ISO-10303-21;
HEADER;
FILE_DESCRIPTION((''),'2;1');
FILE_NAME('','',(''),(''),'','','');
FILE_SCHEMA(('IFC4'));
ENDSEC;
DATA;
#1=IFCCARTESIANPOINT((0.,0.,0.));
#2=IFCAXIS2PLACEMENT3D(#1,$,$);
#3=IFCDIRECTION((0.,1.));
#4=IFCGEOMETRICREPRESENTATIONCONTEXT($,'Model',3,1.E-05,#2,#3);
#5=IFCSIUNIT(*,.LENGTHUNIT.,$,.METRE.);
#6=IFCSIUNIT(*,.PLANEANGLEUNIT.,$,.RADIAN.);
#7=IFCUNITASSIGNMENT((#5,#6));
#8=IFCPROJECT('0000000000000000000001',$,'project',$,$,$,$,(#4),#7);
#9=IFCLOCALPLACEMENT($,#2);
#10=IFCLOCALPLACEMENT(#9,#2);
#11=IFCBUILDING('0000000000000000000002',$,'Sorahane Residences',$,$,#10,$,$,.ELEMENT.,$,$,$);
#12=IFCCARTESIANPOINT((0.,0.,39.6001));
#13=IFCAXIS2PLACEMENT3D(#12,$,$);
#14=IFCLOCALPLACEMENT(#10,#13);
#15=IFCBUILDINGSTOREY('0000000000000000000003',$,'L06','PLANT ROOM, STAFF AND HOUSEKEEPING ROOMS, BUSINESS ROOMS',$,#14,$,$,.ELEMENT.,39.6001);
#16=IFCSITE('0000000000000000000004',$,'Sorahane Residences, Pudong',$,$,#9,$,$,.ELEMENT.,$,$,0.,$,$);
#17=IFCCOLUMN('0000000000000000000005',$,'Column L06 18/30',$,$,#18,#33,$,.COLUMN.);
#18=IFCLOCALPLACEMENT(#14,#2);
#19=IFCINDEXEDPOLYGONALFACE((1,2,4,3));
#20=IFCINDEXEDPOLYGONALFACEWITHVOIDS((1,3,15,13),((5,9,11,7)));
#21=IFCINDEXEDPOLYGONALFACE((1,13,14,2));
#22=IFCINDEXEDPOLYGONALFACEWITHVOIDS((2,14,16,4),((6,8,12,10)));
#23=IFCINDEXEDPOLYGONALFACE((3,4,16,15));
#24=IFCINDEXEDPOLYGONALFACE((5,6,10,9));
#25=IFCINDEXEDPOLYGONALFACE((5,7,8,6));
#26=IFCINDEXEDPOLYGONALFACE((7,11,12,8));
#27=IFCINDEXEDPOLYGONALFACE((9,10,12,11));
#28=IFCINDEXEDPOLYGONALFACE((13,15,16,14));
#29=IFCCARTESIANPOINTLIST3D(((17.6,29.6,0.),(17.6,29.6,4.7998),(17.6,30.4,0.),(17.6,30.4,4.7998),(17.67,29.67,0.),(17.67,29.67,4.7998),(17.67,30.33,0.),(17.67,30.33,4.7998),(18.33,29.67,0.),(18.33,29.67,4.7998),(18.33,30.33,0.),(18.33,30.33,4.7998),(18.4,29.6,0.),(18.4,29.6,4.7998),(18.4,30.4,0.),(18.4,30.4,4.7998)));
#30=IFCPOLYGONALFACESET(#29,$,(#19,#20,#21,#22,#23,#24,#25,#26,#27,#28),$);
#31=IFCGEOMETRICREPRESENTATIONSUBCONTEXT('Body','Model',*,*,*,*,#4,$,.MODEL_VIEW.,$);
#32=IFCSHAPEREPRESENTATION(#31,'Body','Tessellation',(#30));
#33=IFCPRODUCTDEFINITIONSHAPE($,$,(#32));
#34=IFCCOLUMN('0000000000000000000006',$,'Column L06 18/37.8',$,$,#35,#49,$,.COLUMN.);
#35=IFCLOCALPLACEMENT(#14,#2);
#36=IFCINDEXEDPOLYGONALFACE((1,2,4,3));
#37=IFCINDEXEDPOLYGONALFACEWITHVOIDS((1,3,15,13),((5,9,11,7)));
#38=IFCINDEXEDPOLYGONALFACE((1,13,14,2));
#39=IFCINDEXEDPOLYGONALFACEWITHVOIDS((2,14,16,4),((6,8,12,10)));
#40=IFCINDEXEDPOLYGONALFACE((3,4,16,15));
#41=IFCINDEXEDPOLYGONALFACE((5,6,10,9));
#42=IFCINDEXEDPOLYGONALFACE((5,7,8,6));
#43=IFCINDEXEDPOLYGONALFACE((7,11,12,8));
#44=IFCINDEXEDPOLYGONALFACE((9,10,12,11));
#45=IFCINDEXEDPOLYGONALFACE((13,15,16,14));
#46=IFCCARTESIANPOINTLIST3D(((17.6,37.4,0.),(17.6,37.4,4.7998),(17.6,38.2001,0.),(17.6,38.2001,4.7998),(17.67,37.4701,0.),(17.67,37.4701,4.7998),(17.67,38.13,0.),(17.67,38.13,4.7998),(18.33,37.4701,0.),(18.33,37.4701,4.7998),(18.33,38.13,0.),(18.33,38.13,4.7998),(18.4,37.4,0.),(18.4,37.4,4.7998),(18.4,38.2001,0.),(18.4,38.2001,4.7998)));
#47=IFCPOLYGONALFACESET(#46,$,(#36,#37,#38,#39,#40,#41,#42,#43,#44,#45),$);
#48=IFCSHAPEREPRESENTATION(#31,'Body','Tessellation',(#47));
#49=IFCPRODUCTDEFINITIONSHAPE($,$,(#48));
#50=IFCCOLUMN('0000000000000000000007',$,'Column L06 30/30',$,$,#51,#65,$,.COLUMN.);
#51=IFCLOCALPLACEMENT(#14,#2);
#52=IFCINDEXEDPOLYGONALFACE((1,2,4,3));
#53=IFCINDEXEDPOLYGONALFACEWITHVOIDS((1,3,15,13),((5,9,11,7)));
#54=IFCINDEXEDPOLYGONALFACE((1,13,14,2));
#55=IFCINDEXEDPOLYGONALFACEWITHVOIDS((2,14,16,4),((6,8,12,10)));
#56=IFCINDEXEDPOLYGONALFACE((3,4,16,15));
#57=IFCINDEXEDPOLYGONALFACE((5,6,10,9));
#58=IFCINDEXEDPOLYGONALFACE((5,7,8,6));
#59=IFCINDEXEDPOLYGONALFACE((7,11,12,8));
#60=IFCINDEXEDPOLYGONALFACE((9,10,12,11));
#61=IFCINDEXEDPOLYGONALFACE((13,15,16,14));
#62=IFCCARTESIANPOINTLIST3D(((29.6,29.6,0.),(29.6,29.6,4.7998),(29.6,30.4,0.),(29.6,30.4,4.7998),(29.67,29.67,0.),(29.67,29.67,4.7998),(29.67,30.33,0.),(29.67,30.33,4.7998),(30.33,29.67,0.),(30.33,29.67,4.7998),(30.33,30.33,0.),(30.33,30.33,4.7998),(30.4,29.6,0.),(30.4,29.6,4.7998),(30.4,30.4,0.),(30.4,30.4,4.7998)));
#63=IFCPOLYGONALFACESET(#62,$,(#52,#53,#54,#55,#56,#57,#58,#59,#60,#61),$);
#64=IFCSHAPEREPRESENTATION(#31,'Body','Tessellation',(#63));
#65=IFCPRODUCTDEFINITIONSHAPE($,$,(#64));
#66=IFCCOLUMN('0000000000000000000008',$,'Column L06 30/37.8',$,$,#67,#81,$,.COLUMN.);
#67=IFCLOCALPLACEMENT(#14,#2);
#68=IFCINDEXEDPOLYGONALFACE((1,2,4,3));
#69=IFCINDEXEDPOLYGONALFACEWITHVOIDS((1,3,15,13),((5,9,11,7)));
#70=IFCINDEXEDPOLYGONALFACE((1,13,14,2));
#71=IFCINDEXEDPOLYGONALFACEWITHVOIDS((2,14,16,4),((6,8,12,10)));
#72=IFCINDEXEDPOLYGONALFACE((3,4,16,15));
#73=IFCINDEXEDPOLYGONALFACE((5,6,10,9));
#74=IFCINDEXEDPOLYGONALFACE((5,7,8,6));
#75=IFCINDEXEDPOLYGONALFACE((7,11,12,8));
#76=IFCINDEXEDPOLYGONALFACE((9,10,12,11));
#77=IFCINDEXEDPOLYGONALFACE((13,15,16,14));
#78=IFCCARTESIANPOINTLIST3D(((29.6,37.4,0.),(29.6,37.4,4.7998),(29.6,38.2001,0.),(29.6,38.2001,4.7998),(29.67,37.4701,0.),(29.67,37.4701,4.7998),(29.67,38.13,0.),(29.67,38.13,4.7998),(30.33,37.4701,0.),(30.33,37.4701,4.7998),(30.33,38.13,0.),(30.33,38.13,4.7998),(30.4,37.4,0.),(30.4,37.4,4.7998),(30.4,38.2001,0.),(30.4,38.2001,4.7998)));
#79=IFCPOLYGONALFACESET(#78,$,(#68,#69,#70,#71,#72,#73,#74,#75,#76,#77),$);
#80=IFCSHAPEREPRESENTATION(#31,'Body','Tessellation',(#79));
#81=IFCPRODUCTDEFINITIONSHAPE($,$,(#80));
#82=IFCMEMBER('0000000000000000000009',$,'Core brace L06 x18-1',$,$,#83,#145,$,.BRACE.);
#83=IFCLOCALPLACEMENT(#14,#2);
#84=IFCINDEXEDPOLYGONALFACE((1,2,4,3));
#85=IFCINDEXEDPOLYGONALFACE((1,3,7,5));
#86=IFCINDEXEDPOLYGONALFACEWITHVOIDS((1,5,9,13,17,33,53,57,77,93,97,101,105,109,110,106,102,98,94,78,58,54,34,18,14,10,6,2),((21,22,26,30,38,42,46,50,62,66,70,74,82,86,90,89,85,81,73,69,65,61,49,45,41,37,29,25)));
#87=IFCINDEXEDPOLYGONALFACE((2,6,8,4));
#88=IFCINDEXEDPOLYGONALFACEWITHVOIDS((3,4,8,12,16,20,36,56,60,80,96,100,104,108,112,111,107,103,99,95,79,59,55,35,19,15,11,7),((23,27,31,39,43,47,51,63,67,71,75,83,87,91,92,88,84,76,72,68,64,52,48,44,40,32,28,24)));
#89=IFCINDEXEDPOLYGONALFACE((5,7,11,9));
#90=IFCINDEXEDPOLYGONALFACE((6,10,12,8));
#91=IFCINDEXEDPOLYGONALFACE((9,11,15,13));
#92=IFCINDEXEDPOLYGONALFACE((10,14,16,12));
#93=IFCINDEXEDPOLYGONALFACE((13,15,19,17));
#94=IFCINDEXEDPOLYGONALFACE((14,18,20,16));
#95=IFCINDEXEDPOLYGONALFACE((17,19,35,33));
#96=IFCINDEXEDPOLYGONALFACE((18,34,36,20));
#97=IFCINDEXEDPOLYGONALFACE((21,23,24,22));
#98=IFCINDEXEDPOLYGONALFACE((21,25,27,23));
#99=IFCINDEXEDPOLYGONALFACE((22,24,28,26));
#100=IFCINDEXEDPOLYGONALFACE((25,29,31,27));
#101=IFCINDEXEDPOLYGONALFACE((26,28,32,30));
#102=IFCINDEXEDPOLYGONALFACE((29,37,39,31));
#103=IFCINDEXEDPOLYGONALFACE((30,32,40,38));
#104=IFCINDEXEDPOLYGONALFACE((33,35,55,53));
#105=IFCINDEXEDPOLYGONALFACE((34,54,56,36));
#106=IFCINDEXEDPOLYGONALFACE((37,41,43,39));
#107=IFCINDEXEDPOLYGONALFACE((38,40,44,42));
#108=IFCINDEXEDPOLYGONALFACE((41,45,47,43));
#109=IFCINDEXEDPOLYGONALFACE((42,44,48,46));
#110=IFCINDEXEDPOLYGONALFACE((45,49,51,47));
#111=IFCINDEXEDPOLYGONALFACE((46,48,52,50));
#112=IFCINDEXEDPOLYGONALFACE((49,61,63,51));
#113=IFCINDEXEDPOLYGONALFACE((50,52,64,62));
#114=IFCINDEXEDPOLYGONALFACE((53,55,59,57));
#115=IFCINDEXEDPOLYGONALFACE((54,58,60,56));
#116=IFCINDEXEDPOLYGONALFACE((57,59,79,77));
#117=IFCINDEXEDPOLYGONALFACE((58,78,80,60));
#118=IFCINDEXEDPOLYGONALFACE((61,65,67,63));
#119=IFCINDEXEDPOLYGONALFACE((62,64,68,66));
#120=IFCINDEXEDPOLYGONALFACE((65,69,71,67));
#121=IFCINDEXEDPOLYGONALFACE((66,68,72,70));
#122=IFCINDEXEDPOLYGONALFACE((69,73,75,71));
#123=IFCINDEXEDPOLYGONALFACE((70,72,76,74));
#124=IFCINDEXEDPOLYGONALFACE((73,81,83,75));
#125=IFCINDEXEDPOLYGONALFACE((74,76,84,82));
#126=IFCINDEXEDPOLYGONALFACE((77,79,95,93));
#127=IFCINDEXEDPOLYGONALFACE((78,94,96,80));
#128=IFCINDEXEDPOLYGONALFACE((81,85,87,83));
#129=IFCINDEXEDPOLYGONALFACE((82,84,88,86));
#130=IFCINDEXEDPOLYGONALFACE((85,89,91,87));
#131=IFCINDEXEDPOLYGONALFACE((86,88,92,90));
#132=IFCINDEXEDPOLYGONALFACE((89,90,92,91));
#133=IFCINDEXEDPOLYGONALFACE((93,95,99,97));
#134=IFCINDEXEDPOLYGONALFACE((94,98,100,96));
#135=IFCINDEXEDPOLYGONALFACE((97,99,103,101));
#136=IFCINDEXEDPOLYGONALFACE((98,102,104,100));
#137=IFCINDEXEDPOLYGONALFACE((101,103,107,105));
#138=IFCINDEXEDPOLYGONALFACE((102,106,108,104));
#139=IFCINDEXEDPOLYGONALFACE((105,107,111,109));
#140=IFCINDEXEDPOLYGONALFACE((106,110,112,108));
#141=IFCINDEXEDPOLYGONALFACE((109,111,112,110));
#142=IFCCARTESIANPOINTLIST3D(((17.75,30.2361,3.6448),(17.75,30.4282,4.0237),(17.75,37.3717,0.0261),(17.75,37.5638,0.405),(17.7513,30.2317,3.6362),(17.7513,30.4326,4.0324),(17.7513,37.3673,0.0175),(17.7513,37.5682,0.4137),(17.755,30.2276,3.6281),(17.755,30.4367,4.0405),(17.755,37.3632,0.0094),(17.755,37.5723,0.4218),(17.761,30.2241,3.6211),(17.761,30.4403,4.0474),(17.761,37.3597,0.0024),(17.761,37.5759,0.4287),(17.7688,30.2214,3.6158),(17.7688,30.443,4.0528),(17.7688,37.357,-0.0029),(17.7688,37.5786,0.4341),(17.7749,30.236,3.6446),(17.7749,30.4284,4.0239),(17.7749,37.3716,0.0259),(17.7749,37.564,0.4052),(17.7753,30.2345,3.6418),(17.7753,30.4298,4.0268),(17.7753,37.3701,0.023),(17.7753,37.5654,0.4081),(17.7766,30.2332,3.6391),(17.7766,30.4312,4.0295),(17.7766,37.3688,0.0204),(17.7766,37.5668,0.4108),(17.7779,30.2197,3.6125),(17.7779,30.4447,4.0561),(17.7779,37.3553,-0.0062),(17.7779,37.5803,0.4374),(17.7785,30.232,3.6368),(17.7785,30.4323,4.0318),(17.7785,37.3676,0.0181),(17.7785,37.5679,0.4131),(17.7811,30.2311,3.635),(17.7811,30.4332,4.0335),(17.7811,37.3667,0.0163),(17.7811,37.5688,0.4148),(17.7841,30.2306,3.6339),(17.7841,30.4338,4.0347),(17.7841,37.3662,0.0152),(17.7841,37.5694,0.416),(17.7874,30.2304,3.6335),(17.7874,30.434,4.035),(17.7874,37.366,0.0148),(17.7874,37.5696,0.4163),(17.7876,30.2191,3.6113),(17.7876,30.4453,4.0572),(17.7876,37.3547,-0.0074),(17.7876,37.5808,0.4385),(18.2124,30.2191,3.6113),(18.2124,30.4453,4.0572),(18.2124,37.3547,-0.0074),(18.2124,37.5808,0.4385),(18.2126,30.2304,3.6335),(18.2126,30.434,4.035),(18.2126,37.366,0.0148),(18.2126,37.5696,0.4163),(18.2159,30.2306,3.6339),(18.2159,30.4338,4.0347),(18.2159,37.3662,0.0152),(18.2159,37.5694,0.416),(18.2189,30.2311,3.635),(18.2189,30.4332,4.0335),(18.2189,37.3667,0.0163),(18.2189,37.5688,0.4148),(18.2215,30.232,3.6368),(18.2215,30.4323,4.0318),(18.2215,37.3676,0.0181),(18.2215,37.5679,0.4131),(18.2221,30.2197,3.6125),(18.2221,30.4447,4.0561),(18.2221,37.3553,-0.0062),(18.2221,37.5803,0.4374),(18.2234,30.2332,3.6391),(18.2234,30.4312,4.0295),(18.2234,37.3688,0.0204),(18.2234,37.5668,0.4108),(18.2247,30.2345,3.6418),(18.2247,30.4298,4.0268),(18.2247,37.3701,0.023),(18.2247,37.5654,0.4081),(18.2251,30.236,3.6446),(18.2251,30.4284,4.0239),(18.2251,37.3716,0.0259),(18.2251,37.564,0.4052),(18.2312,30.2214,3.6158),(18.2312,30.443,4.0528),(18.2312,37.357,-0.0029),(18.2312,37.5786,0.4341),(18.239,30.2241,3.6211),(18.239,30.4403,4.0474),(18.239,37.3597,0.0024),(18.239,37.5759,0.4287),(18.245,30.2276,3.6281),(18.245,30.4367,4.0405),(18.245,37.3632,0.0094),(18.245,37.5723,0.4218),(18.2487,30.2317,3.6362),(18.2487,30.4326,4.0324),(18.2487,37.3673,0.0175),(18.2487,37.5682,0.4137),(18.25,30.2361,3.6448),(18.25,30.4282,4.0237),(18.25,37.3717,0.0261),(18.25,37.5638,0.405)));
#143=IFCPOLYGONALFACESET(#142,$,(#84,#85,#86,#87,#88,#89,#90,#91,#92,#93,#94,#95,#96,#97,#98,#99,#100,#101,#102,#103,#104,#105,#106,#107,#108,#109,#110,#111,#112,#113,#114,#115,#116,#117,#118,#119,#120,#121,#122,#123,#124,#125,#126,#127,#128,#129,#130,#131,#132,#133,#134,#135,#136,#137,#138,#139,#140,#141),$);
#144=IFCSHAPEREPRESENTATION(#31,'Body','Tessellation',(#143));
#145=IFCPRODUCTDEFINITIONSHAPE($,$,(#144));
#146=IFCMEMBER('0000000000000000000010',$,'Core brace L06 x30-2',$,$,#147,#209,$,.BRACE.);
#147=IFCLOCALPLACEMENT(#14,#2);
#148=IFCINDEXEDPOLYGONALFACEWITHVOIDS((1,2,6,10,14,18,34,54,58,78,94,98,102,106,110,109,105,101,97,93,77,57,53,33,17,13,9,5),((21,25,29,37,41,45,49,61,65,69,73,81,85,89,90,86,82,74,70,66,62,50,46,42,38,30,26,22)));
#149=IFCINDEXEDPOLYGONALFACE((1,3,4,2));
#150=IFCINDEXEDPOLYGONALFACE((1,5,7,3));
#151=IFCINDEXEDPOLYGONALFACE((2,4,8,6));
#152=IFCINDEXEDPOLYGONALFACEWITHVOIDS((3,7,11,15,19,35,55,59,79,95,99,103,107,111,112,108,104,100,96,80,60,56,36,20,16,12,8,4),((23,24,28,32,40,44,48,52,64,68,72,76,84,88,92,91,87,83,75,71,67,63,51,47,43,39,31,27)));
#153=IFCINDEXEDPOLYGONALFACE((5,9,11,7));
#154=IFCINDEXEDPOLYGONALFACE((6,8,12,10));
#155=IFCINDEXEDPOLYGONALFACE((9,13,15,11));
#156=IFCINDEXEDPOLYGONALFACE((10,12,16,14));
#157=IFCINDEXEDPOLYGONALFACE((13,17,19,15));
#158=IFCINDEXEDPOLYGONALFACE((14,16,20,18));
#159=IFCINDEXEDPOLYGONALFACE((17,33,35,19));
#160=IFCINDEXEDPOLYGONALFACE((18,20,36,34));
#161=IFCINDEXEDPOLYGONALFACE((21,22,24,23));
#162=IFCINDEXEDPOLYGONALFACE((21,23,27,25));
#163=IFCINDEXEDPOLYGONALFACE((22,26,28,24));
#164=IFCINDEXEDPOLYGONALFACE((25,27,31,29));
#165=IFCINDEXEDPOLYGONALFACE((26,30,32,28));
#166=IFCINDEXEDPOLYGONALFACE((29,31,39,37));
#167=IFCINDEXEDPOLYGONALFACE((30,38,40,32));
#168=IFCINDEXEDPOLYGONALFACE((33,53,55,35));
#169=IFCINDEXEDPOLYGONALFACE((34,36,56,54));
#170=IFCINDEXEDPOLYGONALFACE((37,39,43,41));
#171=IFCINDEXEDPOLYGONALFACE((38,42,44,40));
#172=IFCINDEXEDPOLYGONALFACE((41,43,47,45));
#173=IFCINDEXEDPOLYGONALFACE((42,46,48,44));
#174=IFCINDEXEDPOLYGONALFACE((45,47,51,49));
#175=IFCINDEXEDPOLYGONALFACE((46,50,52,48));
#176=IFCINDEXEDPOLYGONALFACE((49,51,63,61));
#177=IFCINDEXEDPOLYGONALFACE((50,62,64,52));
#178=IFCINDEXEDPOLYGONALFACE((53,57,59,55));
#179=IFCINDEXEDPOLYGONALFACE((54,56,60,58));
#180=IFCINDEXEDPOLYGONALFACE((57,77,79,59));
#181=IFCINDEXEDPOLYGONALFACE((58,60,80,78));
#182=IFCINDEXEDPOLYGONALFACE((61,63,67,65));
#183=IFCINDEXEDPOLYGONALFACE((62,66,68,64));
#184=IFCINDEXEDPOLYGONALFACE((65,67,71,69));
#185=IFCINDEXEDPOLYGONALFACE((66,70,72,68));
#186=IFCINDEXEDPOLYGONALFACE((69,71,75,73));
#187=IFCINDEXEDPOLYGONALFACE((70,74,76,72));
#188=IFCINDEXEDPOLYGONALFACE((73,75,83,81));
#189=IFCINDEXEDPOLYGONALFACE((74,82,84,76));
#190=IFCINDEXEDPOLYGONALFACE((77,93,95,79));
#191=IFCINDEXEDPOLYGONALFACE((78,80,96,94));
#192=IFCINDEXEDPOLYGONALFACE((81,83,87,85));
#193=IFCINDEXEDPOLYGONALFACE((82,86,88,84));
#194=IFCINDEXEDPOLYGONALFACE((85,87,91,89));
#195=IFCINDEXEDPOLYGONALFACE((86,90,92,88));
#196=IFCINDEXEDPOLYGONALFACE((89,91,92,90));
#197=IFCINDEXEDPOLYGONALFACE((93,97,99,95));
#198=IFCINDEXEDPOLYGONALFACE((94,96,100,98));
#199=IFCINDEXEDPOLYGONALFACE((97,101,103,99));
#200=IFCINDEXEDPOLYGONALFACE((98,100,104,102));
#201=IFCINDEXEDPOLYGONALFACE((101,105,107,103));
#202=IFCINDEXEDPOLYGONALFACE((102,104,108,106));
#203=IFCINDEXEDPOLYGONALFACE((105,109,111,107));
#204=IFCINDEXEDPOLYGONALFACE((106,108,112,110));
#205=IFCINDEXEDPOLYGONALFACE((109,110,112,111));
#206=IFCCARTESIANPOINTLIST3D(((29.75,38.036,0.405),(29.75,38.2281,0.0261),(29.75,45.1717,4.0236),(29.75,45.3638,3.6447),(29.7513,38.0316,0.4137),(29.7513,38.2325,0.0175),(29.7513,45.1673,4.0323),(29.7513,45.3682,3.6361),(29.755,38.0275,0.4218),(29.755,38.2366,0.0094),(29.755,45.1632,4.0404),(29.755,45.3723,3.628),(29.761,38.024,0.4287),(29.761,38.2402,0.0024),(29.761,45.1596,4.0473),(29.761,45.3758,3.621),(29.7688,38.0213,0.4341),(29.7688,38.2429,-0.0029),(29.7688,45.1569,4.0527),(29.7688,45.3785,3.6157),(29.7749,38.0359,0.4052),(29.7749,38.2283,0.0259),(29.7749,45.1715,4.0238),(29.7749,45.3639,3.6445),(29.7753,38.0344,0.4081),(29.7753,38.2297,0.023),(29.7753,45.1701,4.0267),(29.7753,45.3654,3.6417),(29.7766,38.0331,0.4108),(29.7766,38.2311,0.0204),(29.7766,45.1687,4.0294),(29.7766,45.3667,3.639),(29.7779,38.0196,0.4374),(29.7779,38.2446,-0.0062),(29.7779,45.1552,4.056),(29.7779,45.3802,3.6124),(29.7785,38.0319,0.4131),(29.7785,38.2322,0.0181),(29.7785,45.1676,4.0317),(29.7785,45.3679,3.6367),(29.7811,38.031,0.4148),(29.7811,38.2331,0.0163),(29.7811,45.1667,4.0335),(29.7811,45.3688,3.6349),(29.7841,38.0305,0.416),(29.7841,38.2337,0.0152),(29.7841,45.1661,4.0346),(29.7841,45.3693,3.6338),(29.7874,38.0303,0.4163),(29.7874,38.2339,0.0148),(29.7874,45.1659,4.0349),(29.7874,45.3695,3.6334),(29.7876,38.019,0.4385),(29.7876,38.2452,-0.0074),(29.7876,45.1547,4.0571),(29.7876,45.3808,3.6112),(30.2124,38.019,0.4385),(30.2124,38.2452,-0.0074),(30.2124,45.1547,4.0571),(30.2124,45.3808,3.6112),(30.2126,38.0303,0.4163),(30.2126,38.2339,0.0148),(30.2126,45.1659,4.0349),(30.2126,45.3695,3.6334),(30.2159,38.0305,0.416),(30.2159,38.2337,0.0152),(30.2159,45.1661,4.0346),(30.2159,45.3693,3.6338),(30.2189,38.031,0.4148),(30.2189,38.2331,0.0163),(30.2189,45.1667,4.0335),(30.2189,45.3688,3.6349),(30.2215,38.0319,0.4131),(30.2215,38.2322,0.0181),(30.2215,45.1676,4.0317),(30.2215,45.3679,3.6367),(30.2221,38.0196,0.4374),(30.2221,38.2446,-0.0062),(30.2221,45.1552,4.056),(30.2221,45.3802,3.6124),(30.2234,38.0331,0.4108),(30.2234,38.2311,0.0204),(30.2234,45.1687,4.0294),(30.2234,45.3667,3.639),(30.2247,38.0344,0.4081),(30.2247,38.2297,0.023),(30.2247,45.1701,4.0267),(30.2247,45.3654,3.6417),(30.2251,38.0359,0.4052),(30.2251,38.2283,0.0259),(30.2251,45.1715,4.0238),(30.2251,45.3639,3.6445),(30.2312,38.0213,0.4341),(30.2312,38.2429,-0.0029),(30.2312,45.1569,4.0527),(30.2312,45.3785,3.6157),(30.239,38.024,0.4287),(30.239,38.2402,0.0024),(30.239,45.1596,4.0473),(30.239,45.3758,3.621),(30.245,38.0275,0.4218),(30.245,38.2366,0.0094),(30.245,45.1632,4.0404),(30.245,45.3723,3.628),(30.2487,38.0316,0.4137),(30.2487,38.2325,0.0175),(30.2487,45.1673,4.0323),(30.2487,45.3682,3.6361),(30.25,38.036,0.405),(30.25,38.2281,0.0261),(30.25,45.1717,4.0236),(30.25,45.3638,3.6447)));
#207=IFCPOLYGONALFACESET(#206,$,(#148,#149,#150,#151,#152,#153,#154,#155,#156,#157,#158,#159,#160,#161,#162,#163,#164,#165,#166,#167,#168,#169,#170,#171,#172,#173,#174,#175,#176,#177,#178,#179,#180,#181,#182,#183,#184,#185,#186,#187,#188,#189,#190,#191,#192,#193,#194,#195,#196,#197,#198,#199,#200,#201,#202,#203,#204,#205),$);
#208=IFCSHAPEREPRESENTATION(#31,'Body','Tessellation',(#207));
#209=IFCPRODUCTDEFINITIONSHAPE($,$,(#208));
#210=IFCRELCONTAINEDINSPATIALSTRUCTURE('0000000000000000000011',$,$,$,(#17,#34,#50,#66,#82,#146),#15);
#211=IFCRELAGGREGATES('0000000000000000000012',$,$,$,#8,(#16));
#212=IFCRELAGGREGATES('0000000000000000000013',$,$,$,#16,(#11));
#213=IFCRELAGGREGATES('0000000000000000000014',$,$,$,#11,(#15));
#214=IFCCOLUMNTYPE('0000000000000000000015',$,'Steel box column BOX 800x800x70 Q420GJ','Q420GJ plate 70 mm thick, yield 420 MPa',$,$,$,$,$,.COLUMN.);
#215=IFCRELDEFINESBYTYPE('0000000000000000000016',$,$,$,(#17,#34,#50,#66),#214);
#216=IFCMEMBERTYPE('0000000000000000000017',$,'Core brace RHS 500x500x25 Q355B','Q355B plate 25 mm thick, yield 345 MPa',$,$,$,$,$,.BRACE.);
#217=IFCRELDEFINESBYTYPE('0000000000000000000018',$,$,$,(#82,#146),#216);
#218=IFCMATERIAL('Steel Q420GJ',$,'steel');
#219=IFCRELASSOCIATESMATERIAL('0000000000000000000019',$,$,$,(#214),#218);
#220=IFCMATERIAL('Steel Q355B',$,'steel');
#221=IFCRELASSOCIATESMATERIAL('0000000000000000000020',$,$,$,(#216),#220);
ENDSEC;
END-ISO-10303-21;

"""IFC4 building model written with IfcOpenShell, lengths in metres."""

from ifc_helpers import new_model, si_unit, direction, frame, origin, origin_2d, place, context, subcontext, project, spatial, hollow_rectangle, extrude, material, material_profile, profile_set, type_object, element, save


model = new_model("IFC4")

# Units and contexts
model_context = context("Model", 3, precision=1e-05, world=origin(), true_north=direction((0.0, 1.0)))
body_context = subcontext(model_context, "Body", "Model", "MODEL_VIEW")
ifc_project = project(units=[si_unit("LENGTHUNIT", "METRE"), si_unit("PLANEANGLEUNIT", "RADIAN")], contexts=[model_context])

# Site, building, storey
site_placement = place(None, origin())
site = spatial("IfcSite", under=ifc_project, at=site_placement, Name="Sorahane Residences, Pudong", CompositionType="ELEMENT", RefElevation=0.0)
building_placement = place(site_placement, origin())
building = spatial("IfcBuilding", under=site, at=building_placement, Name="Sorahane Residences", CompositionType="ELEMENT")
storey_placement = place(building_placement, frame((0.0, 0.0, 39.6001)))
storey = spatial("IfcBuildingStorey", under=building, at=storey_placement, Name="L06", Description="PLANT ROOM, STAFF AND HOUSEKEEPING ROOMS, BUSINESS ROOMS", CompositionType="ELEMENT", Elevation=39.6001)

# Columns
ifc_material_1 = material(Name="Steel Q420GJ", Category="steel")
ifc_material_profile_1 = material_profile(ifc_material_1, hollow_rectangle(XDim=0.8, YDim=0.8, WallThickness=0.0701, at=origin_2d()), Name="BOX 800x800x70")
ifc_profile_set_1 = profile_set([ifc_material_profile_1], Name="Steel Q420GJ")
column_type = type_object("IfcColumnType", Name="Steel box column BOX 800x800x70 Q420GJ", Description="Q420GJ plate 70 mm thick, yield 420 MPa", PredefinedType="COLUMN", material=ifc_profile_set_1)
for number, where, z_axis, x_axis, name in (
    (1, (18.0, 30.0, 0.0), (0.0, 0.0, 1.0), (1.0, 0.0, 0.0), "Column L06 18/30"),
    (2, (18.0, 37.8, 0.0), (0.0, 0.0, 1.0), (1.0, 0.0, 0.0), "Column L06 18/37.8"),
    (3, (30.0, 30.0, 0.0), (0.0, 0.0, 1.0), (1.0, 0.0, 0.0), "Column L06 30/30"),
    (4, (30.0, 37.8, 0.0), (0.0, 0.0, 1.0), (1.0, 0.0, 0.0), "Column L06 30/37.8"),
):
    element("IfcColumn", number, at=place(storey_placement, frame(where, z_axis=z_axis, x_axis=x_axis)), inside=storey, type_object=column_type, Name=name, PredefinedType="COLUMN", context=body_context, shape_type="SweptSolid", body=[
        extrude(hollow_rectangle(XDim=0.8, YDim=0.8, WallThickness=0.0701, at=origin_2d()), origin(), (0.0, 0.0, 1.0), 4.7998),
    ])

# Members
ifc_material_2 = material(Name="Steel Q355B", Category="steel")
ifc_material_profile_2 = material_profile(ifc_material_2, hollow_rectangle(XDim=0.5, YDim=0.5, WallThickness=0.0249, InnerFilletRadius=0.0125, OuterFilletRadius=0.0376, at=origin_2d()), Name="RHS 500x500x25")
ifc_profile_set_2 = profile_set([ifc_material_profile_2], Name="Steel Q355B")
member_type = type_object("IfcMemberType", Name="Core brace RHS 500x500x25 Q355B", Description="Q355B plate 25 mm thick, yield 345 MPa", PredefinedType="BRACE", material=ifc_profile_set_2)
for number, where, z_axis, x_axis, name in (
    (5, (18.0, 37.4678, 0.2156), (0.0, -0.891868, 0.452296), (1.0, 0.0, 0.0), "Core brace L06 x18-1"),
    (6, (30.0, 38.1321, 0.2156), (0.0, 0.891874, 0.452284), (-1.0, 0.0, 0.0), "Core brace L06 x30-2"),
):
    element("IfcMember", number, at=place(storey_placement, frame(where, z_axis=z_axis, x_axis=x_axis)), inside=storey, type_object=member_type, Name=name, PredefinedType="BRACE", context=body_context, shape_type="SweptSolid", body=[
        extrude(hollow_rectangle(XDim=0.5, YDim=0.5, WallThickness=0.0249, InnerFilletRadius=0.0125, OuterFilletRadius=0.0376, at=origin_2d()), origin(), (0.0, 0.0, 1.0), 8.0007),
    ])

save(model, "model.ifc")
